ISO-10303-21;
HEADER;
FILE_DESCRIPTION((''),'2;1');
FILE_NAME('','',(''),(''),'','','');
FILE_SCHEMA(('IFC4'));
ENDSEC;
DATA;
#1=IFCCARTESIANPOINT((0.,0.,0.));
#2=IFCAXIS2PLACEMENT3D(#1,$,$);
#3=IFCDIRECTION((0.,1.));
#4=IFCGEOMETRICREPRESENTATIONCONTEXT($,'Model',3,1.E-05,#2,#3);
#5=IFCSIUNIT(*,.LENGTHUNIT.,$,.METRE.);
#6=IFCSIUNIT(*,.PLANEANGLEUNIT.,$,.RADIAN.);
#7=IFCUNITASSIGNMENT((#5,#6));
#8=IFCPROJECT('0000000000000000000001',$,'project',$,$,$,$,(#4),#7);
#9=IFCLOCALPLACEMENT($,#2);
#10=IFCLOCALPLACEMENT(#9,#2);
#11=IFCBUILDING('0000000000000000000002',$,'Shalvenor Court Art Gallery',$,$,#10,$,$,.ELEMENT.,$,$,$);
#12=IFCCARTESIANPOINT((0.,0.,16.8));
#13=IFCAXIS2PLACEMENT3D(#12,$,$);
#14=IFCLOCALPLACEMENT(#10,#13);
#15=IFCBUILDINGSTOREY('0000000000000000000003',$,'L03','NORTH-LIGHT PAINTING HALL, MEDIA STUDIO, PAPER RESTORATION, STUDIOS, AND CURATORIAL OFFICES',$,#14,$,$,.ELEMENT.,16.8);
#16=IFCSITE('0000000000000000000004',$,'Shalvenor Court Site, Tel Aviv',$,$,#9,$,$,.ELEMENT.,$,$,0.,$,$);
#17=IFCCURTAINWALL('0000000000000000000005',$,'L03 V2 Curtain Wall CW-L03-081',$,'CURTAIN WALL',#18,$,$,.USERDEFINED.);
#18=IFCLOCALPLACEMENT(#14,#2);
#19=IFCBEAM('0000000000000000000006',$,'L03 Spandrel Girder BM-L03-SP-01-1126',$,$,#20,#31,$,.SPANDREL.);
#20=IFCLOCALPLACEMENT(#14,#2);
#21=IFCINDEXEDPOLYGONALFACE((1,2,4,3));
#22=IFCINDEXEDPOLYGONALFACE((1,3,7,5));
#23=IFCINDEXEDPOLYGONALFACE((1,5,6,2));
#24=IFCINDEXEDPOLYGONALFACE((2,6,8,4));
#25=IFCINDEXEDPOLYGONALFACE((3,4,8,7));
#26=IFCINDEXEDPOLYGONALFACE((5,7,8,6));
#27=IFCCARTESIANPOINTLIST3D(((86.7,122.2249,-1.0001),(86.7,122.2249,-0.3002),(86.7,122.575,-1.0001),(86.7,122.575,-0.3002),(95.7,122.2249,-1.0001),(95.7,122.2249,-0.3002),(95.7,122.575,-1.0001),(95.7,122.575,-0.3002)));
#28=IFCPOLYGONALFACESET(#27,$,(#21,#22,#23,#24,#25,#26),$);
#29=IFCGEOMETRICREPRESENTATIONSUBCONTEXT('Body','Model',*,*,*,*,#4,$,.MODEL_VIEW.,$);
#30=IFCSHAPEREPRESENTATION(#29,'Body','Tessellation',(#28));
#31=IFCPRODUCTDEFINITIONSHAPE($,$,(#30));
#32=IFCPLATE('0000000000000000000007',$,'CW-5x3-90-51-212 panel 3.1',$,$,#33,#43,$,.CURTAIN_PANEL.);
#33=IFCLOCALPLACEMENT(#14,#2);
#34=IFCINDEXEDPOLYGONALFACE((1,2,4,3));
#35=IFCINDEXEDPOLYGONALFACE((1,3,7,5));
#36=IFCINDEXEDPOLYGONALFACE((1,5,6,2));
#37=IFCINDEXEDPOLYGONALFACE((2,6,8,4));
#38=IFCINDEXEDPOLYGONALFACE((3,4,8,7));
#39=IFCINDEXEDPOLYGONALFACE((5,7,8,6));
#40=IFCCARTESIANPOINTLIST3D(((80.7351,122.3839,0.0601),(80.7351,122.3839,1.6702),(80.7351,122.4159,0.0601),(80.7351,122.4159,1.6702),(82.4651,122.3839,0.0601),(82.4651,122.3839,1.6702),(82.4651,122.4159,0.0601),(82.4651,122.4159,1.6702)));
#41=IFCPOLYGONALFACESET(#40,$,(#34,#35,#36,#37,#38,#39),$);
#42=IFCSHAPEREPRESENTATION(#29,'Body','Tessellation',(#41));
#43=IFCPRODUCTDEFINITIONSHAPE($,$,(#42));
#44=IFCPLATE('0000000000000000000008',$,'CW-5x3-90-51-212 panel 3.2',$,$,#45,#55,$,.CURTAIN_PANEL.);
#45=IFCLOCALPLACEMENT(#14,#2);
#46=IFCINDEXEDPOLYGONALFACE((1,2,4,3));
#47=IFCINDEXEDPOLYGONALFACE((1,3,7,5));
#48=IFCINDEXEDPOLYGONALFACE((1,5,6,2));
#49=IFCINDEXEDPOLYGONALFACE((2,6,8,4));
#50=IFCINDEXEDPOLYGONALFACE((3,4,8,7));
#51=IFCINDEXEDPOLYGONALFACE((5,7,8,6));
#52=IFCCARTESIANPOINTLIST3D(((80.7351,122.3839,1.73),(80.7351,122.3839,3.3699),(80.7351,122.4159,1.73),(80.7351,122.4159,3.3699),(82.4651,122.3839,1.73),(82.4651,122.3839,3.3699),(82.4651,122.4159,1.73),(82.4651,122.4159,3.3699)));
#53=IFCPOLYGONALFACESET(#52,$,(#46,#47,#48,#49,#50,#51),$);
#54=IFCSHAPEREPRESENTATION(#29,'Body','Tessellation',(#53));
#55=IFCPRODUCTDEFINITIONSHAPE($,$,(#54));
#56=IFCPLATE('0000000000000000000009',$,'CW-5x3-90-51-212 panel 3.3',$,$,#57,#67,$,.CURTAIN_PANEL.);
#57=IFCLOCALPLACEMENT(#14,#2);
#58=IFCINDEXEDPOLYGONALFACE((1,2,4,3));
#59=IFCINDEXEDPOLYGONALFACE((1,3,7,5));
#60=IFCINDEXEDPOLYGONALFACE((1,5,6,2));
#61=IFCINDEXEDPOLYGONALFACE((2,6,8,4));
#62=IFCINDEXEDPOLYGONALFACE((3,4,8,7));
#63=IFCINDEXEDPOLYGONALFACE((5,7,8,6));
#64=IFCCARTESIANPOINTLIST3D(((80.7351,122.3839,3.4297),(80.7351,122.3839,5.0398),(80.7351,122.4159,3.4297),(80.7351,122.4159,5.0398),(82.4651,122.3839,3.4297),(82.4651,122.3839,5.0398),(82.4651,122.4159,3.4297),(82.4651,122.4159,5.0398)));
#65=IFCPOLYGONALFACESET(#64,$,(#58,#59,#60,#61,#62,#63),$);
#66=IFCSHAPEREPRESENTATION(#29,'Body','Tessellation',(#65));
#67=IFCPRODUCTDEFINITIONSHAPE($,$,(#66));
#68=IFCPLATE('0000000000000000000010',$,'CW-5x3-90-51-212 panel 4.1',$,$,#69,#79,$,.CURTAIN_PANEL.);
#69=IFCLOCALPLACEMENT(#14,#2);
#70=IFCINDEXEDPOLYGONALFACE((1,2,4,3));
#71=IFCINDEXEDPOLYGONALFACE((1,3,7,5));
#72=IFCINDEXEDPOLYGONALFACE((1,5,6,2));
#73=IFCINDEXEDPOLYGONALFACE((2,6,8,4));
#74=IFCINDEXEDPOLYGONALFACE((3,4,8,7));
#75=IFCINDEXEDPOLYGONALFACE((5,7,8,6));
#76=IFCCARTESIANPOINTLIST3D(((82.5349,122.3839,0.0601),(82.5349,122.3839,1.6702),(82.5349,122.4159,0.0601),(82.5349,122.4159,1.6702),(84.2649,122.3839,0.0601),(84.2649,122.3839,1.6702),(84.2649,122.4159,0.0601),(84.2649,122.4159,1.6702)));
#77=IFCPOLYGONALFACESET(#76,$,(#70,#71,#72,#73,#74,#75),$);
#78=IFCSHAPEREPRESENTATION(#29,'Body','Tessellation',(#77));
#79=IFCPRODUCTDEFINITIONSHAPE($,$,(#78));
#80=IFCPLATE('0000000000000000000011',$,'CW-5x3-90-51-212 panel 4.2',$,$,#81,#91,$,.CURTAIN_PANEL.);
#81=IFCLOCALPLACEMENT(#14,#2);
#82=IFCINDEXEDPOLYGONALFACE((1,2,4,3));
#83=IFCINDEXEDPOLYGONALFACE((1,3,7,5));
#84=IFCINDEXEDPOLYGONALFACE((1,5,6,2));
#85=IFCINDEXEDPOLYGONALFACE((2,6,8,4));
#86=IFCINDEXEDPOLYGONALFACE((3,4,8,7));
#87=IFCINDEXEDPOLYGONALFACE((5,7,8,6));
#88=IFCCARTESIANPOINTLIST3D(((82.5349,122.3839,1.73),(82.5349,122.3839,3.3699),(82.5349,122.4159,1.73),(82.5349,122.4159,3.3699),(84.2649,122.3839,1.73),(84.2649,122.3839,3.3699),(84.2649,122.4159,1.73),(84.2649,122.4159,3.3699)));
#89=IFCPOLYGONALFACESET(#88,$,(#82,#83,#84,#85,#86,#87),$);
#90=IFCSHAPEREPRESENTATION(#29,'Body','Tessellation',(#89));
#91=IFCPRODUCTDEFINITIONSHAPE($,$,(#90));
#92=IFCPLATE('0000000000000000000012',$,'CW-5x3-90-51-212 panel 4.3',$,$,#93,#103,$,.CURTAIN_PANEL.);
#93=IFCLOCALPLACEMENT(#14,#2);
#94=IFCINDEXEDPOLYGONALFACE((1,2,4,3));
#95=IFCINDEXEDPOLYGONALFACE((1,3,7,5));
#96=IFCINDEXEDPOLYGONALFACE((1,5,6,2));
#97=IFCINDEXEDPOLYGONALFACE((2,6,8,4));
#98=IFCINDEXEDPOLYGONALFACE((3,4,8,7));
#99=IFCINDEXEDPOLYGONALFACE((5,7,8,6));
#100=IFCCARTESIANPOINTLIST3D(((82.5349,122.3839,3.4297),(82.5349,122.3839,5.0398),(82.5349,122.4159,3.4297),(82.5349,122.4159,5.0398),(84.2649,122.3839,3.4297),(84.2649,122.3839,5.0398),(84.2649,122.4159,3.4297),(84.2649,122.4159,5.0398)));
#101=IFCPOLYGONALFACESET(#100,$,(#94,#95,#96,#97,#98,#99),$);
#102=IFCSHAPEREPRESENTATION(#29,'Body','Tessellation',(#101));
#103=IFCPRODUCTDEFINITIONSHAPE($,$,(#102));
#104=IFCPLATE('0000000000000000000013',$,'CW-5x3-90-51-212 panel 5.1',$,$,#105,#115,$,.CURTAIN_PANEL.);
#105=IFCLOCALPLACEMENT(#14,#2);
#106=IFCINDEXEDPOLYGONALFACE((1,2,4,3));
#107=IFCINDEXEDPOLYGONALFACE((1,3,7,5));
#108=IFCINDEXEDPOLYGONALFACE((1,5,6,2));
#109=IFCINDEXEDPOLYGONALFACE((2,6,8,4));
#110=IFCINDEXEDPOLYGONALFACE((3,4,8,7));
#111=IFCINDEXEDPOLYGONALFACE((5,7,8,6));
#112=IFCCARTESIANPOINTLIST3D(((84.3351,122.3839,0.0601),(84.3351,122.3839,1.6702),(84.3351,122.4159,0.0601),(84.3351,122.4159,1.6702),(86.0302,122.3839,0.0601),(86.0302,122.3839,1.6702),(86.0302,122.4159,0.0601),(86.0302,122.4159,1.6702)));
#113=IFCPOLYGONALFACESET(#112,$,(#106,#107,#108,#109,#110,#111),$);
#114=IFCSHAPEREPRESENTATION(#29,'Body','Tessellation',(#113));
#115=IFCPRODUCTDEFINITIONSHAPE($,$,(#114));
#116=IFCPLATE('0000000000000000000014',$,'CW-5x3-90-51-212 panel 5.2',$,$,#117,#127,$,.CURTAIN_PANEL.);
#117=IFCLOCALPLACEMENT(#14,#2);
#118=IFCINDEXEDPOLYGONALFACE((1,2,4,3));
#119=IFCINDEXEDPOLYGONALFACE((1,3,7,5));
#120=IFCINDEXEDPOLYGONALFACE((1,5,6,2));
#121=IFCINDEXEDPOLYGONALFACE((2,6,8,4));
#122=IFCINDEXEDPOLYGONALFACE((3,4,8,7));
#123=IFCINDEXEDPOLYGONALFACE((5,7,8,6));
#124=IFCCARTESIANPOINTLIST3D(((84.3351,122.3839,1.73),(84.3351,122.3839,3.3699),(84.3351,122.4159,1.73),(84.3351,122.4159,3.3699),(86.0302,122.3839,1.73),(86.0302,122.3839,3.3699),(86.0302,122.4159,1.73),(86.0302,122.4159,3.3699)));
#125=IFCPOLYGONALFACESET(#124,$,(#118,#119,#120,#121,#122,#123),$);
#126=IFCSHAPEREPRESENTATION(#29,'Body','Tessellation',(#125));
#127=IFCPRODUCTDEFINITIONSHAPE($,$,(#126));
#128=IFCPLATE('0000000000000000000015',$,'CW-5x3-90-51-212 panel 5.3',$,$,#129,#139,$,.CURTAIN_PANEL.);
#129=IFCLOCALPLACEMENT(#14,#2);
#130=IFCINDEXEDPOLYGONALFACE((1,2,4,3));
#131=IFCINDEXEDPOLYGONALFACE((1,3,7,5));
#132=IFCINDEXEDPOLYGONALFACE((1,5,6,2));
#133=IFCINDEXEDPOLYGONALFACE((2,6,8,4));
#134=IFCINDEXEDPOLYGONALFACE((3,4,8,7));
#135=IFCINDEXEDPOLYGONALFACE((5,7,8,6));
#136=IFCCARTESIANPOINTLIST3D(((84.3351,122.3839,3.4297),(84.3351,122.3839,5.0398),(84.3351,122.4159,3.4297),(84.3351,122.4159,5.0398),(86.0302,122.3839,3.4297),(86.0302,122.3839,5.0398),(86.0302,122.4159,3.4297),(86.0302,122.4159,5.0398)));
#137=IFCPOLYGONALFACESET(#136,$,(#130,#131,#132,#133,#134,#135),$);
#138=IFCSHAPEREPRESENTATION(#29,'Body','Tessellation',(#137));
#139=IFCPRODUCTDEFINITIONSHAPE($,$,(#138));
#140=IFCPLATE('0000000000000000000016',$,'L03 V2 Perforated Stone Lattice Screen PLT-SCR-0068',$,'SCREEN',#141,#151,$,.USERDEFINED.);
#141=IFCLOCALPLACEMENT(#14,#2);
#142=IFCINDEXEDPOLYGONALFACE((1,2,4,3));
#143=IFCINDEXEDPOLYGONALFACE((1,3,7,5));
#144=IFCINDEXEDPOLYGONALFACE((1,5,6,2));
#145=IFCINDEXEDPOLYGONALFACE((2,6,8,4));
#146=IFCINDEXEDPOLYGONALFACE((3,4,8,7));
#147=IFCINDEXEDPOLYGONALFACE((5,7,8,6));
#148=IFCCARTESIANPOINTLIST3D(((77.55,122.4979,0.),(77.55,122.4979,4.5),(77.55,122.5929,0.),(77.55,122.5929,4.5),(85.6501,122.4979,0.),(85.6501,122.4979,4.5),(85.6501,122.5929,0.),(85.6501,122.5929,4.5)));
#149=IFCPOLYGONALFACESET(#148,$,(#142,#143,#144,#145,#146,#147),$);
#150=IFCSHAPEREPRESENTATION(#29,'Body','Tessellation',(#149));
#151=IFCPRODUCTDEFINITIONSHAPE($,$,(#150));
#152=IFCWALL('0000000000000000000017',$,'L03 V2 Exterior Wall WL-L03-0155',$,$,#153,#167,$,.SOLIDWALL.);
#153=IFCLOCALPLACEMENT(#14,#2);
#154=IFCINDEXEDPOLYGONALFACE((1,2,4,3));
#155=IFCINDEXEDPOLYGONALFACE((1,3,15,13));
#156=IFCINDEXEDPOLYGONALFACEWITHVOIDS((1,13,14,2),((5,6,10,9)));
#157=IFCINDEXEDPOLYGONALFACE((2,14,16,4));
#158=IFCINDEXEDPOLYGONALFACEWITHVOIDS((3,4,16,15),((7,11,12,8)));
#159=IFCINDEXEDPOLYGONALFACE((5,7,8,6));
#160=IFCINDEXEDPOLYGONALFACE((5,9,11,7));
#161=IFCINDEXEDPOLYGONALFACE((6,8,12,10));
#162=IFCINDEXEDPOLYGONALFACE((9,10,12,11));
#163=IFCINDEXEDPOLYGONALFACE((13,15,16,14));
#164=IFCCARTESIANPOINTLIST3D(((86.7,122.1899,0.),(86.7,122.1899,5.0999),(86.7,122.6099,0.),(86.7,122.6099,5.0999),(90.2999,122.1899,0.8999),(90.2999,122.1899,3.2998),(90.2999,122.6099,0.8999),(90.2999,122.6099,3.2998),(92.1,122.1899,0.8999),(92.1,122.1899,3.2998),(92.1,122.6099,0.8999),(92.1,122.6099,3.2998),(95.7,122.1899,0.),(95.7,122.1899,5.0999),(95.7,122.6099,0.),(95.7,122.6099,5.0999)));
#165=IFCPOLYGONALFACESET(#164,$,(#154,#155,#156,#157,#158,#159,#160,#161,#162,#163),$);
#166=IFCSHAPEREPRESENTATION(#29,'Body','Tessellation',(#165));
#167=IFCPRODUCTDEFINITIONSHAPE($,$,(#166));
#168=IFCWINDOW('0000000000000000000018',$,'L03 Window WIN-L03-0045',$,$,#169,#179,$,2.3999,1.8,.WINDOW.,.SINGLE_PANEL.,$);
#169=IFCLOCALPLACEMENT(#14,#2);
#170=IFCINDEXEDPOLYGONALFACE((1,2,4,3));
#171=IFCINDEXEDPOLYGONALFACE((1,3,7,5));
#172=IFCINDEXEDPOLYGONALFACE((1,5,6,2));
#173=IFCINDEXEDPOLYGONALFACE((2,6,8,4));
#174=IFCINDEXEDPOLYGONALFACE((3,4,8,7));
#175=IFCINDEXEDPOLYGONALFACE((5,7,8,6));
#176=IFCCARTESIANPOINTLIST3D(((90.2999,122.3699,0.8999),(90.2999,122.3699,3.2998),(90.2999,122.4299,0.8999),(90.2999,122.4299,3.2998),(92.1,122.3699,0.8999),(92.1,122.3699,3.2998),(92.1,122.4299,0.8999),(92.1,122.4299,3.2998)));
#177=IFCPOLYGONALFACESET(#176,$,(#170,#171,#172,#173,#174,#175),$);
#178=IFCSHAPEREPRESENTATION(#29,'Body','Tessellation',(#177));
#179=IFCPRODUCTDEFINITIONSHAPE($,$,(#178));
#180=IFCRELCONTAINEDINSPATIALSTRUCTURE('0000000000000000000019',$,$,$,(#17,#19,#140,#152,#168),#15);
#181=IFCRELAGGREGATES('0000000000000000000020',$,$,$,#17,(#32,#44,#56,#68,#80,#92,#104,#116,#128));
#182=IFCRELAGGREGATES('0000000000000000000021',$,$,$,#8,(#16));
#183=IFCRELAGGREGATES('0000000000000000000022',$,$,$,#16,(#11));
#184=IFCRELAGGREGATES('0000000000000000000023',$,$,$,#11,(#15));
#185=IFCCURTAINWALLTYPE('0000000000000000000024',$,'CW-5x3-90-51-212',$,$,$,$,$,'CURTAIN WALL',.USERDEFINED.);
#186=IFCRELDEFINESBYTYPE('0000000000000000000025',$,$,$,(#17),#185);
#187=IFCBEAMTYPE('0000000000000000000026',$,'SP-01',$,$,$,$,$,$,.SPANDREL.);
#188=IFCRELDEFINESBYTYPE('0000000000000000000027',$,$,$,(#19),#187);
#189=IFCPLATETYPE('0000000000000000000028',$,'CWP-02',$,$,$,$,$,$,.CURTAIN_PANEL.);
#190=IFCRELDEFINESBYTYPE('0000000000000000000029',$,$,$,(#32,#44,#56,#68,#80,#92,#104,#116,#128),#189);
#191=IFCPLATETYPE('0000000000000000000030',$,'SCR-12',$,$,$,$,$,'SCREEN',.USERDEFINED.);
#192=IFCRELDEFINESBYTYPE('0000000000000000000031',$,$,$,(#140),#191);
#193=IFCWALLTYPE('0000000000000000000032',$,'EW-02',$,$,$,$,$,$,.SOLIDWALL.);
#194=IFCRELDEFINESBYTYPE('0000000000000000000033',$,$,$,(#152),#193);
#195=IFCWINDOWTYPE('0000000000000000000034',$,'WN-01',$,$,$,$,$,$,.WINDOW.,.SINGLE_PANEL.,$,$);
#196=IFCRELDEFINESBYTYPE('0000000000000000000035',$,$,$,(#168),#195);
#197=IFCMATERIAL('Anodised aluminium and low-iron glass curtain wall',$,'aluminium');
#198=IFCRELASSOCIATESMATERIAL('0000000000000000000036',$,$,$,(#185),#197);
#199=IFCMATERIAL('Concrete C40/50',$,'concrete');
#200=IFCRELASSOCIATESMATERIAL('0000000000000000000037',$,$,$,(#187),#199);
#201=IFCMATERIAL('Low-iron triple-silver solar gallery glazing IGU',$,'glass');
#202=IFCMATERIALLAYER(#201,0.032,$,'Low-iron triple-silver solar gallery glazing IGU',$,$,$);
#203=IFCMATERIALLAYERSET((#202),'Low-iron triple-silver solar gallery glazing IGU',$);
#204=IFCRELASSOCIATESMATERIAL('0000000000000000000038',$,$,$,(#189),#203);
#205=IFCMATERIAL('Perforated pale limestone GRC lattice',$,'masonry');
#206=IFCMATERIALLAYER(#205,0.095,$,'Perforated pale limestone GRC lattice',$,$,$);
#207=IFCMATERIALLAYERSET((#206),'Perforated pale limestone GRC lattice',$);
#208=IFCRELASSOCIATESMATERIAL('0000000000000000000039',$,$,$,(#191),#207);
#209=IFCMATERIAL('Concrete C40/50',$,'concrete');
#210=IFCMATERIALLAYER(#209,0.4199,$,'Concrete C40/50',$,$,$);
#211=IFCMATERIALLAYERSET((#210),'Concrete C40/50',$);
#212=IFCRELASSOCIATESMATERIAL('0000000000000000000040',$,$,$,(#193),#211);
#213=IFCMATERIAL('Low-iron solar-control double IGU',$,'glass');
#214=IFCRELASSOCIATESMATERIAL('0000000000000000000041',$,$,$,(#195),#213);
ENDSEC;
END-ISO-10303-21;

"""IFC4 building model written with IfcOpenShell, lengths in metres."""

from ifc_helpers import new_model, si_unit, direction, frame, frame_2d, origin, origin_2d, place, context, subcontext, project, spatial, rectangle, extrude, material, layer, layer_set, material_profile, profile_set, type_object, element, fill, aggregate, save


model = new_model("IFC4")

# Units and contexts
model_context = context("Model", 3, precision=1e-05, world=origin(), true_north=direction((0.0, 1.0)))
body_context = subcontext(model_context, "Body", "Model", "MODEL_VIEW")
ifc_project = project(units=[si_unit("LENGTHUNIT", "METRE"), si_unit("PLANEANGLEUNIT", "RADIAN")], contexts=[model_context])

# Site, building, storey
site_placement = place(None, origin())
site = spatial("IfcSite", under=ifc_project, at=site_placement, Name="Shalvenor Court Site, Tel Aviv", CompositionType="ELEMENT", RefElevation=0.0)
building_placement = place(site_placement, origin())
building = spatial("IfcBuilding", under=site, at=building_placement, Name="Shalvenor Court Art Gallery", CompositionType="ELEMENT")
storey_placement = place(building_placement, frame((0.0, 0.0, 16.8)))
storey = spatial("IfcBuildingStorey", under=building, at=storey_placement, Name="L03", Description="NORTH-LIGHT PAINTING HALL, MEDIA STUDIO, PAPER RESTORATION, STUDIOS, AND CURATORIAL OFFICES", CompositionType="ELEMENT", Elevation=16.8)

# Curtain wall
ifc_material_1 = material(Name="Anodised aluminium and low-iron glass curtain wall", Category="aluminium")
curtain_wall_type = type_object("IfcCurtainWallType", Name="CW-5x3-90-51-212", ElementType="CURTAIN WALL", PredefinedType="USERDEFINED", material=ifc_material_1)
curtain_wall_placement = place(storey_placement, origin())
curtain_wall = element("IfcCurtainWall", 1, at=curtain_wall_placement, inside=storey, type_object=curtain_wall_type, Name="L03 V2 Curtain Wall CW-L03-081", ObjectType="CURTAIN WALL", PredefinedType="USERDEFINED")

# Beam
ifc_material_2 = material(Name="Concrete C40/50", Category="concrete")
ifc_material_profile_1 = material_profile(ifc_material_2, rectangle(XDim=0.3501, YDim=0.7, at=origin_2d()), Name="RC 350x700")
ifc_profile_set_1 = profile_set([ifc_material_profile_1], Name="Concrete C40/50")
beam_type_1 = type_object("IfcBeamType", Name="SP-01", PredefinedType="SPANDREL", material=ifc_profile_set_1)
beam_1_placement = place(storey_placement, frame((86.7, 122.3999, -0.6501), z_axis=(1.0, 0.0, 0.0), x_axis=(0.0, 1.0, 0.0)))
element("IfcBeam", 2, at=beam_1_placement, inside=storey, type_object=beam_type_1, Name="L03 Spandrel Girder BM-L03-SP-01-1126", PredefinedType="SPANDREL", context=body_context, shape_type="SweptSolid", body=[
    extrude(rectangle(XDim=0.3501, YDim=0.7, at=origin_2d()), origin(), (0.0, 0.0, 1.0), 9.0),
])

# Plates
ifc_material_3 = material(Name="Low-iron triple-silver solar gallery glazing IGU", Category="glass")
ifc_layer_1 = layer(ifc_material_3, 0.032, Name="Low-iron triple-silver solar gallery glazing IGU")
ifc_layer_set_1 = layer_set([ifc_layer_1], Name="Low-iron triple-silver solar gallery glazing IGU")
plate_type_1 = type_object("IfcPlateType", Name="CWP-02", PredefinedType="CURTAIN_PANEL", material=ifc_layer_set_1)
plate_1_placement = place(storey_placement, frame((81.6001, 122.3999, 0.0601), z_axis=(0.0, 0.0, 1.0), x_axis=(1.0, 0.0, 0.0)))
plate_1 = element("IfcPlate", 3, at=plate_1_placement, type_object=plate_type_1, Name="CW-5x3-90-51-212 panel 3.1", PredefinedType="CURTAIN_PANEL", context=body_context, shape_type="SweptSolid", body=[
    extrude(rectangle(XDim=1.73, YDim=0.032, at=origin_2d()), origin(), (0.0, 0.0, 1.0), 1.6101),
])
plate_2_placement = place(storey_placement, frame((81.6001, 122.3999, 1.73), z_axis=(0.0, 0.0, 1.0), x_axis=(1.0, 0.0, 0.0)))
plate_2 = element("IfcPlate", 4, at=plate_2_placement, type_object=plate_type_1, Name="CW-5x3-90-51-212 panel 3.2", PredefinedType="CURTAIN_PANEL", context=body_context, shape_type="SweptSolid", body=[
    extrude(rectangle(XDim=1.73, YDim=0.032, at=origin_2d()), origin(), (0.0, 0.0, 1.0), 1.6399),
])
plate_3_placement = place(storey_placement, frame((81.6001, 122.3999, 3.4297), z_axis=(0.0, 0.0, 1.0), x_axis=(1.0, 0.0, 0.0)))
plate_3 = element("IfcPlate", 5, at=plate_3_placement, type_object=plate_type_1, Name="CW-5x3-90-51-212 panel 3.3", PredefinedType="CURTAIN_PANEL", context=body_context, shape_type="SweptSolid", body=[
    extrude(rectangle(XDim=1.73, YDim=0.032, at=origin_2d()), origin(), (0.0, 0.0, 1.0), 1.6101),
])
plate_4_placement = place(storey_placement, frame((83.3999, 122.3999, 0.0601), z_axis=(0.0, 0.0, 1.0), x_axis=(1.0, 0.0, 0.0)))
plate_4 = element("IfcPlate", 6, at=plate_4_placement, type_object=plate_type_1, Name="CW-5x3-90-51-212 panel 4.1", PredefinedType="CURTAIN_PANEL", context=body_context, shape_type="SweptSolid", body=[
    extrude(rectangle(XDim=1.73, YDim=0.032, at=origin_2d()), origin(), (0.0, 0.0, 1.0), 1.6101),
])
plate_5_placement = place(storey_placement, frame((83.3999, 122.3999, 1.73), z_axis=(0.0, 0.0, 1.0), x_axis=(1.0, 0.0, 0.0)))
plate_5 = element("IfcPlate", 7, at=plate_5_placement, type_object=plate_type_1, Name="CW-5x3-90-51-212 panel 4.2", PredefinedType="CURTAIN_PANEL", context=body_context, shape_type="SweptSolid", body=[
    extrude(rectangle(XDim=1.73, YDim=0.032, at=origin_2d()), origin(), (0.0, 0.0, 1.0), 1.6399),
])
plate_6_placement = place(storey_placement, frame((83.3999, 122.3999, 3.4297), z_axis=(0.0, 0.0, 1.0), x_axis=(1.0, 0.0, 0.0)))
plate_6 = element("IfcPlate", 8, at=plate_6_placement, type_object=plate_type_1, Name="CW-5x3-90-51-212 panel 4.3", PredefinedType="CURTAIN_PANEL", context=body_context, shape_type="SweptSolid", body=[
    extrude(rectangle(XDim=1.73, YDim=0.032, at=origin_2d()), origin(), (0.0, 0.0, 1.0), 1.6101),
])
plate_7_placement = place(storey_placement, frame((85.1826, 122.3999, 0.0601), z_axis=(0.0, 0.0, 1.0), x_axis=(1.0, 0.0, 0.0)))
plate_7 = element("IfcPlate", 9, at=plate_7_placement, type_object=plate_type_1, Name="CW-5x3-90-51-212 panel 5.1", PredefinedType="CURTAIN_PANEL", context=body_context, shape_type="SweptSolid", body=[
    extrude(rectangle(XDim=1.6951, YDim=0.032, at=origin_2d()), origin(), (0.0, 0.0, 1.0), 1.6101),
])
plate_8_placement = place(storey_placement, frame((85.1826, 122.3999, 1.73), z_axis=(0.0, 0.0, 1.0), x_axis=(1.0, 0.0, 0.0)))
plate_8 = element("IfcPlate", 10, at=plate_8_placement, type_object=plate_type_1, Name="CW-5x3-90-51-212 panel 5.2", PredefinedType="CURTAIN_PANEL", context=body_context, shape_type="SweptSolid", body=[
    extrude(rectangle(XDim=1.6951, YDim=0.032, at=origin_2d()), origin(), (0.0, 0.0, 1.0), 1.6399),
])
plate_9_placement = place(storey_placement, frame((85.1826, 122.3999, 3.4297), z_axis=(0.0, 0.0, 1.0), x_axis=(1.0, 0.0, 0.0)))
plate_9 = element("IfcPlate", 11, at=plate_9_placement, type_object=plate_type_1, Name="CW-5x3-90-51-212 panel 5.3", PredefinedType="CURTAIN_PANEL", context=body_context, shape_type="SweptSolid", body=[
    extrude(rectangle(XDim=1.6951, YDim=0.032, at=origin_2d()), origin(), (0.0, 0.0, 1.0), 1.6101),
])
aggregate(curtain_wall, [plate_1, plate_2, plate_3, plate_4, plate_5, plate_6, plate_7, plate_8, plate_9])
ifc_material_4 = material(Name="Perforated pale limestone GRC lattice", Category="masonry")
ifc_layer_2 = layer(ifc_material_4, 0.095, Name="Perforated pale limestone GRC lattice")
ifc_layer_set_2 = layer_set([ifc_layer_2], Name="Perforated pale limestone GRC lattice")
plate_type_2 = type_object("IfcPlateType", Name="SCR-12", ElementType="SCREEN", PredefinedType="USERDEFINED", material=ifc_layer_set_2)
plate_10_placement = place(storey_placement, frame((81.6001, 122.5454, 0.0), z_axis=(0.0, 0.0, 1.0), x_axis=(1.0, 0.0, 0.0)))
element("IfcPlate", 12, at=plate_10_placement, inside=storey, type_object=plate_type_2, Name="L03 V2 Perforated Stone Lattice Screen PLT-SCR-0068", ObjectType="SCREEN", PredefinedType="USERDEFINED", context=body_context, shape_type="SweptSolid", body=[
    extrude(rectangle(XDim=8.1001, YDim=0.095, at=origin_2d()), origin(), (0.0, 0.0, 1.0), 4.5),
])

# Wall, opening, window
ifc_material_5 = material(Name="Concrete C40/50", Category="concrete")
ifc_layer_3 = layer(ifc_material_5, 0.4199, Name="Concrete C40/50")
ifc_layer_set_3 = layer_set([ifc_layer_3], Name="Concrete C40/50")
wall_type = type_object("IfcWallType", Name="EW-02", PredefinedType="SOLIDWALL", material=ifc_layer_set_3)
wall_placement = place(storey_placement, frame((86.7, 122.3999, 0.0), z_axis=(0.0, 0.0, 1.0), x_axis=(1.0, 0.0, 0.0)))
wall = element("IfcWall", 13, at=wall_placement, inside=storey, type_object=wall_type, Name="L03 V2 Exterior Wall WL-L03-0155", PredefinedType="SOLIDWALL", context=body_context, shape_type="SweptSolid", body=[
    extrude(rectangle(XDim=9.0, YDim=0.4199, at=frame_2d((4.5, 0.0))), origin(), (0.0, 0.0, 1.0), 5.0999),
])
opening_placement = place(wall_placement, frame((3.6001, 0.0, 0.8999)))
opening = element("IfcOpeningElement", 14, at=opening_placement, cuts=wall, PredefinedType="OPENING", context=body_context, shape_type="SweptSolid", body=[
    extrude(rectangle(XDim=1.8, YDim=2.3999, at=frame_2d((0.8999, 1.2))), frame((0.0, 0.22, 0.0), z_axis=(0.0, -1.0, 0.0), x_axis=(1.0, 0.0, 0.0)), (0.0, 0.0, 1.0), 0.4399),
])
ifc_material_6 = material(Name="Low-iron solar-control double IGU", Category="glass")
window_type = type_object("IfcWindowType", Name="WN-01", PartitioningType="SINGLE_PANEL", PredefinedType="WINDOW", material=ifc_material_6)
window_placement = place(opening_placement, origin())
window = element("IfcWindow", 15, at=window_placement, inside=storey, type_object=window_type, Name="L03 Window WIN-L03-0045", OverallHeight=2.3999, OverallWidth=1.8, PartitioningType="SINGLE_PANEL", PredefinedType="WINDOW", context=body_context, shape_type="SweptSolid", body=[
    extrude(rectangle(XDim=1.8, YDim=2.3999, at=frame_2d((0.8999, 1.2))), frame((0.0, 0.03, 0.0), z_axis=(0.0, -1.0, 0.0), x_axis=(1.0, 0.0, 0.0)), (0.0, 0.0, 1.0), 0.0601),
])
fill(opening, window)

save(model, "model.ifc")
